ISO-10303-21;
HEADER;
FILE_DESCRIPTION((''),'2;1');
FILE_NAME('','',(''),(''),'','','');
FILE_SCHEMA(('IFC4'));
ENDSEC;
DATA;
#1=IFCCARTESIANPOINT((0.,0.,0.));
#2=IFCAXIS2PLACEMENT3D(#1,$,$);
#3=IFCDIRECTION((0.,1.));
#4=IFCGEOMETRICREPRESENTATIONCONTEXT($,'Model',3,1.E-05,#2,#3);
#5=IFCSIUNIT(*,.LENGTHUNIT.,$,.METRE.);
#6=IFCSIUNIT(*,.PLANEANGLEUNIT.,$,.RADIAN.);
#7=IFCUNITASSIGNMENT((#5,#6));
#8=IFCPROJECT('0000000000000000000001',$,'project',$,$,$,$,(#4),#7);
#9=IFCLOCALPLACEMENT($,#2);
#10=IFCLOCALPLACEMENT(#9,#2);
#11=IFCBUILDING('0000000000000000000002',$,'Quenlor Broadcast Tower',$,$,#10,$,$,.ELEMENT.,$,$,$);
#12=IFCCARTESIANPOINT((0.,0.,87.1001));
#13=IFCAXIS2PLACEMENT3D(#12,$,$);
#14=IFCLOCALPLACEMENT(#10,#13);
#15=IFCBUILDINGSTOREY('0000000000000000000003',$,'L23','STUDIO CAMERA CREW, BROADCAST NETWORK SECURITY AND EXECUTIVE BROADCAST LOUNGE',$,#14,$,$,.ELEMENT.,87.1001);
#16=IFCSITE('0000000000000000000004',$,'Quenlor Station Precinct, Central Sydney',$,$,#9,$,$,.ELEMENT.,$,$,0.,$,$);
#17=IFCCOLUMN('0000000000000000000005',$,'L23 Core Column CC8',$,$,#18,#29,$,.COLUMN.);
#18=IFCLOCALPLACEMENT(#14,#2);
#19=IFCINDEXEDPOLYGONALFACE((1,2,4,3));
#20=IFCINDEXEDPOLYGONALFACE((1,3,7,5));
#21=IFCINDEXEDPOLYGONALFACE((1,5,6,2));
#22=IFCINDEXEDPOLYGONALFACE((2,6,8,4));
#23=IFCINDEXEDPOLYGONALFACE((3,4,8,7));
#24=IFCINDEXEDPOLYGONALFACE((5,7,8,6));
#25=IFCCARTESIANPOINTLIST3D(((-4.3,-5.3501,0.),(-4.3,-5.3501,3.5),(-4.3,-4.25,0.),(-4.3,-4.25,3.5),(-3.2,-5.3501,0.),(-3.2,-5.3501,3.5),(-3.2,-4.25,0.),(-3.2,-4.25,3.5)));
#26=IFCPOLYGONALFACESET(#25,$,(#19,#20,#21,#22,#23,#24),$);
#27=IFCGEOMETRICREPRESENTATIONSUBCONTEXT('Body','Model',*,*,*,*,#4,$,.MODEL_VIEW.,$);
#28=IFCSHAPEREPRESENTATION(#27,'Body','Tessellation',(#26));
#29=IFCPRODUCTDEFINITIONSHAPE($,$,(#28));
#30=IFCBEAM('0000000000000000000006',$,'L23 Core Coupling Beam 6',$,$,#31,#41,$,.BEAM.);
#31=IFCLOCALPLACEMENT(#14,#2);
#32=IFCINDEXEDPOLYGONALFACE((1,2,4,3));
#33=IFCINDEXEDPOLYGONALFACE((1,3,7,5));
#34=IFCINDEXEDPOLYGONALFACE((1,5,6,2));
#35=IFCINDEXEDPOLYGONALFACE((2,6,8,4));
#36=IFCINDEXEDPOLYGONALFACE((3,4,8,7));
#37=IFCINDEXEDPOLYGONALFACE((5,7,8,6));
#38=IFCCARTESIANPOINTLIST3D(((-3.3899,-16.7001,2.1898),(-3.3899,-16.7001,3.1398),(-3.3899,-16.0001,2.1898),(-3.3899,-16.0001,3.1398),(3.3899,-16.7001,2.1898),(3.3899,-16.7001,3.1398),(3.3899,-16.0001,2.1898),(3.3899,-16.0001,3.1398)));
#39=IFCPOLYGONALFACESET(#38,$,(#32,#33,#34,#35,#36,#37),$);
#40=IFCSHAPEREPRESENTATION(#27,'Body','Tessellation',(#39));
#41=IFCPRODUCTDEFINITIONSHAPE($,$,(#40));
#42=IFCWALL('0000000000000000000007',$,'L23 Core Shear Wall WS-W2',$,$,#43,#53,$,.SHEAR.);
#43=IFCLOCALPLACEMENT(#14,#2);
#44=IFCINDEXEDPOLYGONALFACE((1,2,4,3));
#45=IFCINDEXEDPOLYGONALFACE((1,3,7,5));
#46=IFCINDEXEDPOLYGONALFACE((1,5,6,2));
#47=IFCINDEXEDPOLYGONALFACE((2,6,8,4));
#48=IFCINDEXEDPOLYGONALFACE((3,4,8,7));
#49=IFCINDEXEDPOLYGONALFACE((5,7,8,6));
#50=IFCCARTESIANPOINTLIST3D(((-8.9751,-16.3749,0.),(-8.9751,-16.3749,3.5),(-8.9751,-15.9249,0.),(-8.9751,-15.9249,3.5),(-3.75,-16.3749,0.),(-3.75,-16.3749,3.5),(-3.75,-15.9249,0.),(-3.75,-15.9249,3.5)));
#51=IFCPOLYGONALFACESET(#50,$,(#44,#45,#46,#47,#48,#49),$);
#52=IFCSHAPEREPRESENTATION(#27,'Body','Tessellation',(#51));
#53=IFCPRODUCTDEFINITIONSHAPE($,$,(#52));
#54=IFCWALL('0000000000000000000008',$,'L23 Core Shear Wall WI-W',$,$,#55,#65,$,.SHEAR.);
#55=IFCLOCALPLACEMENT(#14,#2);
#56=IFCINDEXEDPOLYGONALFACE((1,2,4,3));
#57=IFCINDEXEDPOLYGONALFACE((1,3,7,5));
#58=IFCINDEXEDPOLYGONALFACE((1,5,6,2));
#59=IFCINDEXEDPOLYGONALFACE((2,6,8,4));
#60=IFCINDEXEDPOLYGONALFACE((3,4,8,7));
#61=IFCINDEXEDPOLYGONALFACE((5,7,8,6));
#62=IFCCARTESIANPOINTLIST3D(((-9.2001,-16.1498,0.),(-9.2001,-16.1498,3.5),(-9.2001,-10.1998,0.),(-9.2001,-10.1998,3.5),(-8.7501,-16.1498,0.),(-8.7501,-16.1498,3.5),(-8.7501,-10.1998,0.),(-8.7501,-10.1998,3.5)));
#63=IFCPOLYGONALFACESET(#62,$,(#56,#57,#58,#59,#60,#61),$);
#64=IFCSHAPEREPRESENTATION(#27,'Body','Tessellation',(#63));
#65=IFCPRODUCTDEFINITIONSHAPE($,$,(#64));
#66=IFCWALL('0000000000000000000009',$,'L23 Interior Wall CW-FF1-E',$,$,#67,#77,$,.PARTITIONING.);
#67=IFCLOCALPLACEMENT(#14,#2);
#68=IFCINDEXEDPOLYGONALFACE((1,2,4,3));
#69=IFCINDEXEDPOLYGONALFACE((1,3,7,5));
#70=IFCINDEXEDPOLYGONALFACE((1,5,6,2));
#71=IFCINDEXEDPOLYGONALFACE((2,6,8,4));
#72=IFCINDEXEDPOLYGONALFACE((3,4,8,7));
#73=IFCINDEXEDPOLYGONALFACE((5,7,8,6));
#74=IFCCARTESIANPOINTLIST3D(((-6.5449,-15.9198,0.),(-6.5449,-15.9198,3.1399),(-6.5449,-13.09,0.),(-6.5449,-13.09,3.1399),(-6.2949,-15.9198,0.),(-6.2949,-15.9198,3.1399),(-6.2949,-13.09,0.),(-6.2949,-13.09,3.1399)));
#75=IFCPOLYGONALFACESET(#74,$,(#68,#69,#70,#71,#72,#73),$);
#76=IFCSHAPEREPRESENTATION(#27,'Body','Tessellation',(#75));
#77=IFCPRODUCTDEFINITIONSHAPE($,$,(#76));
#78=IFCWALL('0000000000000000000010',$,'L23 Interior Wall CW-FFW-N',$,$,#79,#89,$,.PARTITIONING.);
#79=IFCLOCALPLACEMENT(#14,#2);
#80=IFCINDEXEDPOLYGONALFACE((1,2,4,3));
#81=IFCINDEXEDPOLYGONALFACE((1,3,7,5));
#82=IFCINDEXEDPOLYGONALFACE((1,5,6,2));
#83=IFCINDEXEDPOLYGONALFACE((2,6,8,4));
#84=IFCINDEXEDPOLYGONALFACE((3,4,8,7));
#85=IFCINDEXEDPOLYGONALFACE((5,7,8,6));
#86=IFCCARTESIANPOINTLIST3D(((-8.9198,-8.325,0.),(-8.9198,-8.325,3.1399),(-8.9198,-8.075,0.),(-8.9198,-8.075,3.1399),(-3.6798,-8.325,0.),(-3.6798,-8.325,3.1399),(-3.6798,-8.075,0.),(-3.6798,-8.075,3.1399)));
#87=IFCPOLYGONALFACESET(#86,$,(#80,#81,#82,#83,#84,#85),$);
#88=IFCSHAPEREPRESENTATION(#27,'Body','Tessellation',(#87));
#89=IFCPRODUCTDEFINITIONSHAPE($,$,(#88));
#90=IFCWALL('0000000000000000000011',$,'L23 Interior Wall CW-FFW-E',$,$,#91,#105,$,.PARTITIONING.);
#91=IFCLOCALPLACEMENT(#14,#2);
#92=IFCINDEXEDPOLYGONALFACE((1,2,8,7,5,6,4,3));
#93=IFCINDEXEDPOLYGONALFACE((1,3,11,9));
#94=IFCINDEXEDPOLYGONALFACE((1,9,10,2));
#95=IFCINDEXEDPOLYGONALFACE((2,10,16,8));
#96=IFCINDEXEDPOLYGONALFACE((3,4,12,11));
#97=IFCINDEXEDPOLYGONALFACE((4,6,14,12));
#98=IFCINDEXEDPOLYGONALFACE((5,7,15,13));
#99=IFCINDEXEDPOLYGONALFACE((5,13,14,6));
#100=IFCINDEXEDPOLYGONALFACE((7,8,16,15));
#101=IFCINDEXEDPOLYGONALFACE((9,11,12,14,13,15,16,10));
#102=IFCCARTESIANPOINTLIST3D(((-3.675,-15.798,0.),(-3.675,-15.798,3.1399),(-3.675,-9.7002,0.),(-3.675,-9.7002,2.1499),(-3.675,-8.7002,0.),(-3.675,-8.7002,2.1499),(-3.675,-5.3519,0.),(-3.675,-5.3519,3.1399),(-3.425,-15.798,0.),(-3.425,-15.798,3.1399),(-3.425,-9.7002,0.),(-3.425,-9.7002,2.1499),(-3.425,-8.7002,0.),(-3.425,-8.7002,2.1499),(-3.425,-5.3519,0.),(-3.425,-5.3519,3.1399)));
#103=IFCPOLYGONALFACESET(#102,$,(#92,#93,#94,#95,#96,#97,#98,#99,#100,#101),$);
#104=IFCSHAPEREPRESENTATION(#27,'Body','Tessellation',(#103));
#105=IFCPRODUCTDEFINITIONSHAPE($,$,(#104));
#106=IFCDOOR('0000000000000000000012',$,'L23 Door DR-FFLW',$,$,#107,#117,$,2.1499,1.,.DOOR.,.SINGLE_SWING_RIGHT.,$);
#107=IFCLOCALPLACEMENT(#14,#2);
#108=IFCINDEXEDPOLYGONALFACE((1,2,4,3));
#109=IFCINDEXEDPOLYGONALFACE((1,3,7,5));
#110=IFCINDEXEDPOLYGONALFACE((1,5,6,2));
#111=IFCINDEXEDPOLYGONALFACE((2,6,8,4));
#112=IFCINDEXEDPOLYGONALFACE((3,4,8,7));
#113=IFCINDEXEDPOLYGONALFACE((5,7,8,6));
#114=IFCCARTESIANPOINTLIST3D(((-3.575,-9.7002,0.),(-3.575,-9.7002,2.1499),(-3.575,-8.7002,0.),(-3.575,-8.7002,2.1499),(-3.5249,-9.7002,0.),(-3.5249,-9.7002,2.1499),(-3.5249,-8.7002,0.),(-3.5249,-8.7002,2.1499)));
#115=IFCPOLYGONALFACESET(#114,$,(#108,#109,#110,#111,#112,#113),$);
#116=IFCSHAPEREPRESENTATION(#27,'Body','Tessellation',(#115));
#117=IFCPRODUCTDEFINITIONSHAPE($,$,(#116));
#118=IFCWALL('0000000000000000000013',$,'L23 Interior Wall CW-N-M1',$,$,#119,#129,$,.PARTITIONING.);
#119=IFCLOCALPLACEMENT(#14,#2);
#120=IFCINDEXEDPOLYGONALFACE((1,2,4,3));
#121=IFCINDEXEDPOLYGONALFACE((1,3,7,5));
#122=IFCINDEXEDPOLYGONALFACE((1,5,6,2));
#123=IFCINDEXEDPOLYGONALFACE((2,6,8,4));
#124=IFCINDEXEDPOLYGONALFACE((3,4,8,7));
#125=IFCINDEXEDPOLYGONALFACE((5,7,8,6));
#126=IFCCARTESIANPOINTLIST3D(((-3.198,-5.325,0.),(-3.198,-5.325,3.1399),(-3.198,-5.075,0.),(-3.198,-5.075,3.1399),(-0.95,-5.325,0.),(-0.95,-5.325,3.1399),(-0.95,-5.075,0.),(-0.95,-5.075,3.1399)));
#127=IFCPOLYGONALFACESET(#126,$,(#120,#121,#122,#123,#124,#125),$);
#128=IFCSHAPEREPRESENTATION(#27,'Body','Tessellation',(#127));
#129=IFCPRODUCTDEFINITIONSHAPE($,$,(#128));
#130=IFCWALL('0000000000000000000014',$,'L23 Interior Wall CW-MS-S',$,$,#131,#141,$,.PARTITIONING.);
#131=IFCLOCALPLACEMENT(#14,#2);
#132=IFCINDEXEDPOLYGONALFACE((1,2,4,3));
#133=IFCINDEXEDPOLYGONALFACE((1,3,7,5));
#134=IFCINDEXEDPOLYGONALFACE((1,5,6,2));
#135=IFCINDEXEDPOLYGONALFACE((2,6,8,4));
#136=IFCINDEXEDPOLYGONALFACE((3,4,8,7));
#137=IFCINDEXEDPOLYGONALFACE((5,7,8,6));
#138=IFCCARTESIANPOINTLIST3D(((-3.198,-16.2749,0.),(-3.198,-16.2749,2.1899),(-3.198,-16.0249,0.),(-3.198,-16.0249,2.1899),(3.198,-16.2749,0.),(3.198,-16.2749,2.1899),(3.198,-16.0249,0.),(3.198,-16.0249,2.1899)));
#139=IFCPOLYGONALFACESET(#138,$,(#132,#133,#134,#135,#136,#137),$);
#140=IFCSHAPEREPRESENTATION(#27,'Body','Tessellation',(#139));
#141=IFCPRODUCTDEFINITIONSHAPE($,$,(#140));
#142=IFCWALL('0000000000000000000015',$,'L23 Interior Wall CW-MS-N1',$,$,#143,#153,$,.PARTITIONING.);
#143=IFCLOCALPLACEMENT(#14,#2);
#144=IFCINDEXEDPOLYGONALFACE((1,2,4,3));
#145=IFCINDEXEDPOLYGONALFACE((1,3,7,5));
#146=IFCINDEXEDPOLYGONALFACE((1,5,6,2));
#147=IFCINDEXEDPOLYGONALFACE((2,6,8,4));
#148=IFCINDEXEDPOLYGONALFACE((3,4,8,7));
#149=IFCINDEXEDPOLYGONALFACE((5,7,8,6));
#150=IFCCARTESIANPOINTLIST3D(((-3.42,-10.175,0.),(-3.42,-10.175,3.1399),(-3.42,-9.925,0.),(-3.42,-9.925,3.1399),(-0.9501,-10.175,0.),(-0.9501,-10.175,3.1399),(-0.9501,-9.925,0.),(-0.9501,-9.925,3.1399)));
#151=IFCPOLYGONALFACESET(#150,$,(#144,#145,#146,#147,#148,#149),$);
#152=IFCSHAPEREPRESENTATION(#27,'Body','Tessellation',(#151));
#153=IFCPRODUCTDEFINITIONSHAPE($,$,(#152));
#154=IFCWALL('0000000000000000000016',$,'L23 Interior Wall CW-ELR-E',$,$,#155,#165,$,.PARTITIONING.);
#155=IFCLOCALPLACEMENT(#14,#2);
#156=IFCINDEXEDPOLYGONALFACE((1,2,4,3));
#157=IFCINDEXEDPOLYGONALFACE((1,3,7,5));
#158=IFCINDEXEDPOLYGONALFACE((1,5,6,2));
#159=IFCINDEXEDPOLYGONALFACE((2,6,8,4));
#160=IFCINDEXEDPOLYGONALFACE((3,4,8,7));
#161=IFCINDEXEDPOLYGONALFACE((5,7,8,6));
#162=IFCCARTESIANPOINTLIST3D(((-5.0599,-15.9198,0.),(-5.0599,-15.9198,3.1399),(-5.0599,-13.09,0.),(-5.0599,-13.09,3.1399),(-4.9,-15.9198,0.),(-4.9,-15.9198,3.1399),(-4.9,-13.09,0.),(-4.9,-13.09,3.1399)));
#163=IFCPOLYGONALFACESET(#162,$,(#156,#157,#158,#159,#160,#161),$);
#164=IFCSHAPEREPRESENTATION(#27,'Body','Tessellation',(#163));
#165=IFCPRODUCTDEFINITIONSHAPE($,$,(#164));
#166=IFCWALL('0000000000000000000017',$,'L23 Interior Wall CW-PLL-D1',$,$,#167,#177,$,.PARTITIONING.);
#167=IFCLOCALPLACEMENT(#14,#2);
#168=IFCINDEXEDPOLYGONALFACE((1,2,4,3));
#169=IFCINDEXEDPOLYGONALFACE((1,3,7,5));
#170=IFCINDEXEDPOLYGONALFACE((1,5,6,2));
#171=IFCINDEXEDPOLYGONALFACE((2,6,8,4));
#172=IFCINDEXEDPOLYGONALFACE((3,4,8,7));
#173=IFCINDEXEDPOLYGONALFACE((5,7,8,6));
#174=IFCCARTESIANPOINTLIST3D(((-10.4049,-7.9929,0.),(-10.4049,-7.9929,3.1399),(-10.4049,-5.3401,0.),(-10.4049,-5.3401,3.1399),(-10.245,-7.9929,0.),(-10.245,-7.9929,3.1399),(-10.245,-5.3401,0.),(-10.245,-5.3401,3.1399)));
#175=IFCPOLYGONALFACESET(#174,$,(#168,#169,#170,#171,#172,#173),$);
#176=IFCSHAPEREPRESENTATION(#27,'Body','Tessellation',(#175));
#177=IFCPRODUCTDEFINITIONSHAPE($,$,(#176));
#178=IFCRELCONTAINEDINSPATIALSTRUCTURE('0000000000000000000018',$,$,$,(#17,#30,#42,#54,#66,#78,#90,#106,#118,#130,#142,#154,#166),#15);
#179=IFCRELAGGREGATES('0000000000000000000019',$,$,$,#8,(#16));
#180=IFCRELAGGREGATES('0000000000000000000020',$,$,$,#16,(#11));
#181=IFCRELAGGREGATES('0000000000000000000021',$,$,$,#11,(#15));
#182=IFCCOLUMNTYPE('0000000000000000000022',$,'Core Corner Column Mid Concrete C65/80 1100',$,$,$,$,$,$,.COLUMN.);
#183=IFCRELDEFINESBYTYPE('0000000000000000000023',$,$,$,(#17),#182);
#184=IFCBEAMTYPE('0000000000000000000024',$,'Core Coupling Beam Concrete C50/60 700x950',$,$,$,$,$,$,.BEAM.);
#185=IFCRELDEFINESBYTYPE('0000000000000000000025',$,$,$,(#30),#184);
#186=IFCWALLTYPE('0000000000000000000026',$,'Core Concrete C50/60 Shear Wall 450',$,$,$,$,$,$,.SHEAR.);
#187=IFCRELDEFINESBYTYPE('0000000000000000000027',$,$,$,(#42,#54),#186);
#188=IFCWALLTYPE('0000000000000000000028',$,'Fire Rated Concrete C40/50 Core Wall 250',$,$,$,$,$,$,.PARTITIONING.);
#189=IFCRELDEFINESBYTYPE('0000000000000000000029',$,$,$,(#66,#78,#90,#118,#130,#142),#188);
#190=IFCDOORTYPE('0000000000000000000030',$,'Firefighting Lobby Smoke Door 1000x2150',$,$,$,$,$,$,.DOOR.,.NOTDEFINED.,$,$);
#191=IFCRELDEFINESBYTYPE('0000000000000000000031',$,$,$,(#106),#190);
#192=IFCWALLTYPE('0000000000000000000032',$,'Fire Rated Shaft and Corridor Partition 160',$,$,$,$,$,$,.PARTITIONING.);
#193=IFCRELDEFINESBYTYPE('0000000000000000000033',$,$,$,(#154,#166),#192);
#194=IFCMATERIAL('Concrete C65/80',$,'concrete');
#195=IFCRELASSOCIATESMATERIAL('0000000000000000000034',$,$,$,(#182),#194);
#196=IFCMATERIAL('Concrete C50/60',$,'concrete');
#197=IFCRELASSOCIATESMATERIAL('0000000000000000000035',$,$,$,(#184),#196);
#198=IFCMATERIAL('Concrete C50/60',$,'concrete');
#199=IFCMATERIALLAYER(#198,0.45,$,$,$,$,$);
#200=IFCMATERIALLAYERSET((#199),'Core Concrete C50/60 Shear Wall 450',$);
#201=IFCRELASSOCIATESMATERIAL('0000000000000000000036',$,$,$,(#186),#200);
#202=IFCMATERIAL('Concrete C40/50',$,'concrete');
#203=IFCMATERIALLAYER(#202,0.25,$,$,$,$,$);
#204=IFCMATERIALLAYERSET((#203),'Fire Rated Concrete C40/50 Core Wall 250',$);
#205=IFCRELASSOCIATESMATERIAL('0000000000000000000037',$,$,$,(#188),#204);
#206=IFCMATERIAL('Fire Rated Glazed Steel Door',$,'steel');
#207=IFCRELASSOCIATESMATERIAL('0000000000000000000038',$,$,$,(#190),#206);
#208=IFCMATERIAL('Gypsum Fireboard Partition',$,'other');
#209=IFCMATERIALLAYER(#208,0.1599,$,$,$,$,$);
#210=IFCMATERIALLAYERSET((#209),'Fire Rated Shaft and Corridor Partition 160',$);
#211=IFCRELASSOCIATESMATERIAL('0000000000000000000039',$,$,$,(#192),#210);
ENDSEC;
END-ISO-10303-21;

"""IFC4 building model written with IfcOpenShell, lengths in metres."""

from ifc_helpers import new_model, si_unit, direction, frame, frame_2d, origin, origin_2d, place, context, subcontext, project, spatial, rectangle, extrude, material, layer, layer_set, material_profile, profile_set, type_object, element, fill, save


model = new_model("IFC4")

# Units and contexts
model_context = context("Model", 3, precision=1e-05, world=origin(), true_north=direction((0.0, 1.0)))
body_context = subcontext(model_context, "Body", "Model", "MODEL_VIEW")
ifc_project = project(units=[si_unit("LENGTHUNIT", "METRE"), si_unit("PLANEANGLEUNIT", "RADIAN")], contexts=[model_context])

# Site, building, storey
site_placement = place(None, origin())
site = spatial("IfcSite", under=ifc_project, at=site_placement, Name="Quenlor Station Precinct, Central Sydney", CompositionType="ELEMENT", RefElevation=0.0)
building_placement = place(site_placement, origin())
building = spatial("IfcBuilding", under=site, at=building_placement, Name="Quenlor Broadcast Tower", CompositionType="ELEMENT")
storey_placement = place(building_placement, frame((0.0, 0.0, 87.1001)))
storey = spatial("IfcBuildingStorey", under=building, at=storey_placement, Name="L23", Description="STUDIO CAMERA CREW, BROADCAST NETWORK SECURITY AND EXECUTIVE BROADCAST LOUNGE", CompositionType="ELEMENT", Elevation=87.1001)

# Column
ifc_material_1 = material(Name="Concrete C65/80", Category="concrete")
ifc_material_profile_1 = material_profile(ifc_material_1, rectangle(XDim=1.1001, YDim=1.1001, at=origin_2d()))
ifc_profile_set_1 = profile_set([ifc_material_profile_1], Name="Concrete C65/80 RC1100x1100")
column_type = type_object("IfcColumnType", Name="Core Corner Column Mid Concrete C65/80 1100", PredefinedType="COLUMN", material=ifc_profile_set_1)
column_placement = place(storey_placement, frame((-3.75, -4.8, 0.0), z_axis=(0.0, 0.0, 1.0), x_axis=(1.0, 0.0, 0.0)))
element("IfcColumn", 1, at=column_placement, inside=storey, type_object=column_type, Name="L23 Core Column CC8", PredefinedType="COLUMN", context=body_context, shape_type="SweptSolid", body=[
    extrude(rectangle(XDim=1.1001, YDim=1.1001, at=origin_2d()), origin(), (0.0, 0.0, 1.0), 3.5),
])

# Beam
ifc_material_2 = material(Name="Concrete C50/60", Category="concrete")
ifc_material_profile_2 = material_profile(ifc_material_2, rectangle(XDim=0.7, YDim=0.95, at=origin_2d()))
ifc_profile_set_2 = profile_set([ifc_material_profile_2], Name="Concrete C50/60 RCB700x950")
beam_type = type_object("IfcBeamType", Name="Core Coupling Beam Concrete C50/60 700x950", PredefinedType="BEAM", material=ifc_profile_set_2)
beam_placement = place(storey_placement, frame((-3.3899, -16.3501, 2.6648), z_axis=(1.0, 0.0, 0.0), x_axis=(0.0, 1.0, 0.0)))
element("IfcBeam", 2, at=beam_placement, inside=storey, type_object=beam_type, Name="L23 Core Coupling Beam 6", PredefinedType="BEAM", context=body_context, shape_type="SweptSolid", body=[
    extrude(rectangle(XDim=0.7, YDim=0.95, at=origin_2d()), origin(), (0.0, 0.0, 1.0), 6.7798),
])

# Walls
ifc_material_3 = material(Name="Concrete C50/60", Category="concrete")
ifc_layer_1 = layer(ifc_material_3, 0.45)
ifc_layer_set_1 = layer_set([ifc_layer_1], Name="Core Concrete C50/60 Shear Wall 450")
wall_type_1 = type_object("IfcWallType", Name="Core Concrete C50/60 Shear Wall 450", PredefinedType="SHEAR", material=ifc_layer_set_1)
wall_1_placement = place(storey_placement, frame((-8.9751, -16.1499, 0.0), z_axis=(0.0, 0.0, 1.0), x_axis=(1.0, 0.0, 0.0)))
element("IfcWall", 3, at=wall_1_placement, inside=storey, type_object=wall_type_1, Name="L23 Core Shear Wall WS-W2", PredefinedType="SHEAR", context=body_context, shape_type="SweptSolid", body=[
    extrude(rectangle(XDim=5.2251, YDim=0.45, at=frame_2d((2.6125, 0.0))), origin(), (0.0, 0.0, 1.0), 3.5),
])
wall_2_placement = place(storey_placement, frame((-8.9751, -16.1499, 0.0), z_axis=(0.0, 0.0, 1.0), x_axis=(0.0, 1.0, 0.0)))
element("IfcWall", 4, at=wall_2_placement, inside=storey, type_object=wall_type_1, Name="L23 Core Shear Wall WI-W", PredefinedType="SHEAR", context=body_context, shape_type="SweptSolid", body=[
    extrude(rectangle(XDim=5.95, YDim=0.45, at=frame_2d((2.9751, 0.0))), origin(), (0.0, 0.0, 1.0), 3.5),
])

# Shared definitions
ifc_material_4 = material(Name="Concrete C40/50", Category="concrete")
ifc_layer_2 = layer(ifc_material_4, 0.25)
ifc_layer_set_2 = layer_set([ifc_layer_2], Name="Fire Rated Concrete C40/50 Core Wall 250")
wall_type_2 = type_object("IfcWallType", Name="Fire Rated Concrete C40/50 Core Wall 250", PredefinedType="PARTITIONING", material=ifc_layer_set_2)

# Walls
wall_3_placement = place(storey_placement, frame((-6.4199, -15.9199, 0.0), z_axis=(0.0, 0.0, 1.0), x_axis=(0.0, 1.0, 0.0)))
element("IfcWall", 5, at=wall_3_placement, inside=storey, type_object=wall_type_2, Name="L23 Interior Wall CW-FF1-E", PredefinedType="PARTITIONING", context=body_context, shape_type="SweptSolid", body=[
    extrude(rectangle(XDim=2.8298, YDim=0.25, at=frame_2d((1.415, 0.0))), origin(), (0.0, 0.0, 1.0), 3.1399),
])
wall_4_placement = place(storey_placement, frame((-8.9199, -8.2, 0.0), z_axis=(0.0, 0.0, 1.0), x_axis=(1.0, 0.0, 0.0)))
element("IfcWall", 6, at=wall_4_placement, inside=storey, type_object=wall_type_2, Name="L23 Interior Wall CW-FFW-N", PredefinedType="PARTITIONING", context=body_context, shape_type="SweptSolid", body=[
    extrude(rectangle(XDim=5.24, YDim=0.25, at=frame_2d((2.6201, 0.0))), origin(), (0.0, 0.0, 1.0), 3.1399),
])

# Wall, opening, door
wall_5_placement = place(storey_placement, frame((-3.55, -15.7981, 0.0), z_axis=(0.0, 0.0, 1.0), x_axis=(0.0, 1.0, 0.0)))
wall_5 = element("IfcWall", 7, at=wall_5_placement, inside=storey, type_object=wall_type_2, Name="L23 Interior Wall CW-FFW-E", PredefinedType="PARTITIONING", context=body_context, shape_type="SweptSolid", body=[
    extrude(rectangle(XDim=10.446, YDim=0.25, at=frame_2d((5.2231, 0.0))), origin(), (0.0, 0.0, 1.0), 3.1399),
])
opening_1_placement = place(wall_5_placement, frame((6.0979, 0.0, 0.0)))
opening_1 = element("IfcOpeningElement", 8, at=opening_1_placement, cuts=wall_5, PredefinedType="OPENING", context=body_context, shape_type="SweptSolid", body=[
    extrude(rectangle(XDim=1.0, YDim=2.1499, at=frame_2d((0.5, 1.075))), frame((0.0, 0.135, 0.0), z_axis=(0.0, -1.0, 0.0), x_axis=(1.0, 0.0, 0.0)), (0.0, 0.0, 1.0), 0.27),
])
ifc_material_5 = material(Name="Fire Rated Glazed Steel Door", Category="steel")
door_type_1 = type_object("IfcDoorType", Name="Firefighting Lobby Smoke Door 1000x2150", OperationType="NOTDEFINED", PredefinedType="DOOR", material=ifc_material_5)
door_1_placement = place(opening_1_placement, origin())
door_1 = element("IfcDoor", 9, at=door_1_placement, inside=storey, type_object=door_type_1, Name="L23 Door DR-FFLW", OperationType="SINGLE_SWING_RIGHT", OverallHeight=2.1499, OverallWidth=1.0, PredefinedType="DOOR", context=body_context, shape_type="SweptSolid", body=[
    extrude(rectangle(XDim=1.0, YDim=2.1499, at=frame_2d((0.5, 1.075))), frame((0.0, 0.0249, 0.0), z_axis=(0.0, -1.0, 0.0), x_axis=(1.0, 0.0, 0.0)), (0.0, 0.0, 1.0), 0.05),
])
fill(opening_1, door_1)

# Walls
wall_6_placement = place(storey_placement, frame((-3.198, -5.2, 0.0), z_axis=(0.0, 0.0, 1.0), x_axis=(1.0, 0.0, 0.0)))
element("IfcWall", 10, at=wall_6_placement, inside=storey, type_object=wall_type_2, Name="L23 Interior Wall CW-N-M1", PredefinedType="PARTITIONING", context=body_context, shape_type="SweptSolid", body=[
    extrude(rectangle(XDim=2.248, YDim=0.25, at=frame_2d((1.124, 0.0))), origin(), (0.0, 0.0, 1.0), 3.1399),
])
wall_7_placement = place(storey_placement, frame((-3.198, -16.1499, 0.0), z_axis=(0.0, 0.0, 1.0), x_axis=(1.0, 0.0, 0.0)))
element("IfcWall", 11, at=wall_7_placement, inside=storey, type_object=wall_type_2, Name="L23 Interior Wall CW-MS-S", PredefinedType="PARTITIONING", context=body_context, shape_type="SweptSolid", body=[
    extrude(rectangle(XDim=6.396, YDim=0.25, at=frame_2d((3.198, 0.0))), origin(), (0.0, 0.0, 1.0), 2.1899),
])
wall_8_placement = place(storey_placement, frame((-3.4199, -10.05, 0.0), z_axis=(0.0, 0.0, 1.0), x_axis=(1.0, 0.0, 0.0)))
element("IfcWall", 12, at=wall_8_placement, inside=storey, type_object=wall_type_2, Name="L23 Interior Wall CW-MS-N1", PredefinedType="PARTITIONING", context=body_context, shape_type="SweptSolid", body=[
    extrude(rectangle(XDim=2.47, YDim=0.25, at=frame_2d((1.2349, 0.0))), origin(), (0.0, 0.0, 1.0), 3.1399),
])
ifc_material_6 = material(Name="Gypsum Fireboard Partition", Category="other")
ifc_layer_3 = layer(ifc_material_6, 0.1599)
ifc_layer_set_3 = layer_set([ifc_layer_3], Name="Fire Rated Shaft and Corridor Partition 160")
wall_type_3 = type_object("IfcWallType", Name="Fire Rated Shaft and Corridor Partition 160", PredefinedType="PARTITIONING", material=ifc_layer_set_3)
wall_9_placement = place(storey_placement, frame((-4.98, -15.9199, 0.0), z_axis=(0.0, 0.0, 1.0), x_axis=(0.0, 1.0, 0.0)))
element("IfcWall", 13, at=wall_9_placement, inside=storey, type_object=wall_type_3, Name="L23 Interior Wall CW-ELR-E", PredefinedType="PARTITIONING", context=body_context, shape_type="SweptSolid", body=[
    extrude(rectangle(XDim=2.8298, YDim=0.1599, at=frame_2d((1.415, 0.0))), origin(), (0.0, 0.0, 1.0), 3.1399),
])
wall_10_placement = place(storey_placement, frame((-10.325, -7.9929, 0.0), z_axis=(0.0, 0.0, 1.0), x_axis=(0.0, 1.0, 0.0)))
element("IfcWall", 14, at=wall_10_placement, inside=storey, type_object=wall_type_3, Name="L23 Interior Wall CW-PLL-D1", PredefinedType="PARTITIONING", context=body_context, shape_type="SweptSolid", body=[
    extrude(rectangle(XDim=2.6528, YDim=0.1599, at=frame_2d((1.3264, 0.0))), origin(), (0.0, 0.0, 1.0), 3.1399),
])

save(model, "model.ifc")
